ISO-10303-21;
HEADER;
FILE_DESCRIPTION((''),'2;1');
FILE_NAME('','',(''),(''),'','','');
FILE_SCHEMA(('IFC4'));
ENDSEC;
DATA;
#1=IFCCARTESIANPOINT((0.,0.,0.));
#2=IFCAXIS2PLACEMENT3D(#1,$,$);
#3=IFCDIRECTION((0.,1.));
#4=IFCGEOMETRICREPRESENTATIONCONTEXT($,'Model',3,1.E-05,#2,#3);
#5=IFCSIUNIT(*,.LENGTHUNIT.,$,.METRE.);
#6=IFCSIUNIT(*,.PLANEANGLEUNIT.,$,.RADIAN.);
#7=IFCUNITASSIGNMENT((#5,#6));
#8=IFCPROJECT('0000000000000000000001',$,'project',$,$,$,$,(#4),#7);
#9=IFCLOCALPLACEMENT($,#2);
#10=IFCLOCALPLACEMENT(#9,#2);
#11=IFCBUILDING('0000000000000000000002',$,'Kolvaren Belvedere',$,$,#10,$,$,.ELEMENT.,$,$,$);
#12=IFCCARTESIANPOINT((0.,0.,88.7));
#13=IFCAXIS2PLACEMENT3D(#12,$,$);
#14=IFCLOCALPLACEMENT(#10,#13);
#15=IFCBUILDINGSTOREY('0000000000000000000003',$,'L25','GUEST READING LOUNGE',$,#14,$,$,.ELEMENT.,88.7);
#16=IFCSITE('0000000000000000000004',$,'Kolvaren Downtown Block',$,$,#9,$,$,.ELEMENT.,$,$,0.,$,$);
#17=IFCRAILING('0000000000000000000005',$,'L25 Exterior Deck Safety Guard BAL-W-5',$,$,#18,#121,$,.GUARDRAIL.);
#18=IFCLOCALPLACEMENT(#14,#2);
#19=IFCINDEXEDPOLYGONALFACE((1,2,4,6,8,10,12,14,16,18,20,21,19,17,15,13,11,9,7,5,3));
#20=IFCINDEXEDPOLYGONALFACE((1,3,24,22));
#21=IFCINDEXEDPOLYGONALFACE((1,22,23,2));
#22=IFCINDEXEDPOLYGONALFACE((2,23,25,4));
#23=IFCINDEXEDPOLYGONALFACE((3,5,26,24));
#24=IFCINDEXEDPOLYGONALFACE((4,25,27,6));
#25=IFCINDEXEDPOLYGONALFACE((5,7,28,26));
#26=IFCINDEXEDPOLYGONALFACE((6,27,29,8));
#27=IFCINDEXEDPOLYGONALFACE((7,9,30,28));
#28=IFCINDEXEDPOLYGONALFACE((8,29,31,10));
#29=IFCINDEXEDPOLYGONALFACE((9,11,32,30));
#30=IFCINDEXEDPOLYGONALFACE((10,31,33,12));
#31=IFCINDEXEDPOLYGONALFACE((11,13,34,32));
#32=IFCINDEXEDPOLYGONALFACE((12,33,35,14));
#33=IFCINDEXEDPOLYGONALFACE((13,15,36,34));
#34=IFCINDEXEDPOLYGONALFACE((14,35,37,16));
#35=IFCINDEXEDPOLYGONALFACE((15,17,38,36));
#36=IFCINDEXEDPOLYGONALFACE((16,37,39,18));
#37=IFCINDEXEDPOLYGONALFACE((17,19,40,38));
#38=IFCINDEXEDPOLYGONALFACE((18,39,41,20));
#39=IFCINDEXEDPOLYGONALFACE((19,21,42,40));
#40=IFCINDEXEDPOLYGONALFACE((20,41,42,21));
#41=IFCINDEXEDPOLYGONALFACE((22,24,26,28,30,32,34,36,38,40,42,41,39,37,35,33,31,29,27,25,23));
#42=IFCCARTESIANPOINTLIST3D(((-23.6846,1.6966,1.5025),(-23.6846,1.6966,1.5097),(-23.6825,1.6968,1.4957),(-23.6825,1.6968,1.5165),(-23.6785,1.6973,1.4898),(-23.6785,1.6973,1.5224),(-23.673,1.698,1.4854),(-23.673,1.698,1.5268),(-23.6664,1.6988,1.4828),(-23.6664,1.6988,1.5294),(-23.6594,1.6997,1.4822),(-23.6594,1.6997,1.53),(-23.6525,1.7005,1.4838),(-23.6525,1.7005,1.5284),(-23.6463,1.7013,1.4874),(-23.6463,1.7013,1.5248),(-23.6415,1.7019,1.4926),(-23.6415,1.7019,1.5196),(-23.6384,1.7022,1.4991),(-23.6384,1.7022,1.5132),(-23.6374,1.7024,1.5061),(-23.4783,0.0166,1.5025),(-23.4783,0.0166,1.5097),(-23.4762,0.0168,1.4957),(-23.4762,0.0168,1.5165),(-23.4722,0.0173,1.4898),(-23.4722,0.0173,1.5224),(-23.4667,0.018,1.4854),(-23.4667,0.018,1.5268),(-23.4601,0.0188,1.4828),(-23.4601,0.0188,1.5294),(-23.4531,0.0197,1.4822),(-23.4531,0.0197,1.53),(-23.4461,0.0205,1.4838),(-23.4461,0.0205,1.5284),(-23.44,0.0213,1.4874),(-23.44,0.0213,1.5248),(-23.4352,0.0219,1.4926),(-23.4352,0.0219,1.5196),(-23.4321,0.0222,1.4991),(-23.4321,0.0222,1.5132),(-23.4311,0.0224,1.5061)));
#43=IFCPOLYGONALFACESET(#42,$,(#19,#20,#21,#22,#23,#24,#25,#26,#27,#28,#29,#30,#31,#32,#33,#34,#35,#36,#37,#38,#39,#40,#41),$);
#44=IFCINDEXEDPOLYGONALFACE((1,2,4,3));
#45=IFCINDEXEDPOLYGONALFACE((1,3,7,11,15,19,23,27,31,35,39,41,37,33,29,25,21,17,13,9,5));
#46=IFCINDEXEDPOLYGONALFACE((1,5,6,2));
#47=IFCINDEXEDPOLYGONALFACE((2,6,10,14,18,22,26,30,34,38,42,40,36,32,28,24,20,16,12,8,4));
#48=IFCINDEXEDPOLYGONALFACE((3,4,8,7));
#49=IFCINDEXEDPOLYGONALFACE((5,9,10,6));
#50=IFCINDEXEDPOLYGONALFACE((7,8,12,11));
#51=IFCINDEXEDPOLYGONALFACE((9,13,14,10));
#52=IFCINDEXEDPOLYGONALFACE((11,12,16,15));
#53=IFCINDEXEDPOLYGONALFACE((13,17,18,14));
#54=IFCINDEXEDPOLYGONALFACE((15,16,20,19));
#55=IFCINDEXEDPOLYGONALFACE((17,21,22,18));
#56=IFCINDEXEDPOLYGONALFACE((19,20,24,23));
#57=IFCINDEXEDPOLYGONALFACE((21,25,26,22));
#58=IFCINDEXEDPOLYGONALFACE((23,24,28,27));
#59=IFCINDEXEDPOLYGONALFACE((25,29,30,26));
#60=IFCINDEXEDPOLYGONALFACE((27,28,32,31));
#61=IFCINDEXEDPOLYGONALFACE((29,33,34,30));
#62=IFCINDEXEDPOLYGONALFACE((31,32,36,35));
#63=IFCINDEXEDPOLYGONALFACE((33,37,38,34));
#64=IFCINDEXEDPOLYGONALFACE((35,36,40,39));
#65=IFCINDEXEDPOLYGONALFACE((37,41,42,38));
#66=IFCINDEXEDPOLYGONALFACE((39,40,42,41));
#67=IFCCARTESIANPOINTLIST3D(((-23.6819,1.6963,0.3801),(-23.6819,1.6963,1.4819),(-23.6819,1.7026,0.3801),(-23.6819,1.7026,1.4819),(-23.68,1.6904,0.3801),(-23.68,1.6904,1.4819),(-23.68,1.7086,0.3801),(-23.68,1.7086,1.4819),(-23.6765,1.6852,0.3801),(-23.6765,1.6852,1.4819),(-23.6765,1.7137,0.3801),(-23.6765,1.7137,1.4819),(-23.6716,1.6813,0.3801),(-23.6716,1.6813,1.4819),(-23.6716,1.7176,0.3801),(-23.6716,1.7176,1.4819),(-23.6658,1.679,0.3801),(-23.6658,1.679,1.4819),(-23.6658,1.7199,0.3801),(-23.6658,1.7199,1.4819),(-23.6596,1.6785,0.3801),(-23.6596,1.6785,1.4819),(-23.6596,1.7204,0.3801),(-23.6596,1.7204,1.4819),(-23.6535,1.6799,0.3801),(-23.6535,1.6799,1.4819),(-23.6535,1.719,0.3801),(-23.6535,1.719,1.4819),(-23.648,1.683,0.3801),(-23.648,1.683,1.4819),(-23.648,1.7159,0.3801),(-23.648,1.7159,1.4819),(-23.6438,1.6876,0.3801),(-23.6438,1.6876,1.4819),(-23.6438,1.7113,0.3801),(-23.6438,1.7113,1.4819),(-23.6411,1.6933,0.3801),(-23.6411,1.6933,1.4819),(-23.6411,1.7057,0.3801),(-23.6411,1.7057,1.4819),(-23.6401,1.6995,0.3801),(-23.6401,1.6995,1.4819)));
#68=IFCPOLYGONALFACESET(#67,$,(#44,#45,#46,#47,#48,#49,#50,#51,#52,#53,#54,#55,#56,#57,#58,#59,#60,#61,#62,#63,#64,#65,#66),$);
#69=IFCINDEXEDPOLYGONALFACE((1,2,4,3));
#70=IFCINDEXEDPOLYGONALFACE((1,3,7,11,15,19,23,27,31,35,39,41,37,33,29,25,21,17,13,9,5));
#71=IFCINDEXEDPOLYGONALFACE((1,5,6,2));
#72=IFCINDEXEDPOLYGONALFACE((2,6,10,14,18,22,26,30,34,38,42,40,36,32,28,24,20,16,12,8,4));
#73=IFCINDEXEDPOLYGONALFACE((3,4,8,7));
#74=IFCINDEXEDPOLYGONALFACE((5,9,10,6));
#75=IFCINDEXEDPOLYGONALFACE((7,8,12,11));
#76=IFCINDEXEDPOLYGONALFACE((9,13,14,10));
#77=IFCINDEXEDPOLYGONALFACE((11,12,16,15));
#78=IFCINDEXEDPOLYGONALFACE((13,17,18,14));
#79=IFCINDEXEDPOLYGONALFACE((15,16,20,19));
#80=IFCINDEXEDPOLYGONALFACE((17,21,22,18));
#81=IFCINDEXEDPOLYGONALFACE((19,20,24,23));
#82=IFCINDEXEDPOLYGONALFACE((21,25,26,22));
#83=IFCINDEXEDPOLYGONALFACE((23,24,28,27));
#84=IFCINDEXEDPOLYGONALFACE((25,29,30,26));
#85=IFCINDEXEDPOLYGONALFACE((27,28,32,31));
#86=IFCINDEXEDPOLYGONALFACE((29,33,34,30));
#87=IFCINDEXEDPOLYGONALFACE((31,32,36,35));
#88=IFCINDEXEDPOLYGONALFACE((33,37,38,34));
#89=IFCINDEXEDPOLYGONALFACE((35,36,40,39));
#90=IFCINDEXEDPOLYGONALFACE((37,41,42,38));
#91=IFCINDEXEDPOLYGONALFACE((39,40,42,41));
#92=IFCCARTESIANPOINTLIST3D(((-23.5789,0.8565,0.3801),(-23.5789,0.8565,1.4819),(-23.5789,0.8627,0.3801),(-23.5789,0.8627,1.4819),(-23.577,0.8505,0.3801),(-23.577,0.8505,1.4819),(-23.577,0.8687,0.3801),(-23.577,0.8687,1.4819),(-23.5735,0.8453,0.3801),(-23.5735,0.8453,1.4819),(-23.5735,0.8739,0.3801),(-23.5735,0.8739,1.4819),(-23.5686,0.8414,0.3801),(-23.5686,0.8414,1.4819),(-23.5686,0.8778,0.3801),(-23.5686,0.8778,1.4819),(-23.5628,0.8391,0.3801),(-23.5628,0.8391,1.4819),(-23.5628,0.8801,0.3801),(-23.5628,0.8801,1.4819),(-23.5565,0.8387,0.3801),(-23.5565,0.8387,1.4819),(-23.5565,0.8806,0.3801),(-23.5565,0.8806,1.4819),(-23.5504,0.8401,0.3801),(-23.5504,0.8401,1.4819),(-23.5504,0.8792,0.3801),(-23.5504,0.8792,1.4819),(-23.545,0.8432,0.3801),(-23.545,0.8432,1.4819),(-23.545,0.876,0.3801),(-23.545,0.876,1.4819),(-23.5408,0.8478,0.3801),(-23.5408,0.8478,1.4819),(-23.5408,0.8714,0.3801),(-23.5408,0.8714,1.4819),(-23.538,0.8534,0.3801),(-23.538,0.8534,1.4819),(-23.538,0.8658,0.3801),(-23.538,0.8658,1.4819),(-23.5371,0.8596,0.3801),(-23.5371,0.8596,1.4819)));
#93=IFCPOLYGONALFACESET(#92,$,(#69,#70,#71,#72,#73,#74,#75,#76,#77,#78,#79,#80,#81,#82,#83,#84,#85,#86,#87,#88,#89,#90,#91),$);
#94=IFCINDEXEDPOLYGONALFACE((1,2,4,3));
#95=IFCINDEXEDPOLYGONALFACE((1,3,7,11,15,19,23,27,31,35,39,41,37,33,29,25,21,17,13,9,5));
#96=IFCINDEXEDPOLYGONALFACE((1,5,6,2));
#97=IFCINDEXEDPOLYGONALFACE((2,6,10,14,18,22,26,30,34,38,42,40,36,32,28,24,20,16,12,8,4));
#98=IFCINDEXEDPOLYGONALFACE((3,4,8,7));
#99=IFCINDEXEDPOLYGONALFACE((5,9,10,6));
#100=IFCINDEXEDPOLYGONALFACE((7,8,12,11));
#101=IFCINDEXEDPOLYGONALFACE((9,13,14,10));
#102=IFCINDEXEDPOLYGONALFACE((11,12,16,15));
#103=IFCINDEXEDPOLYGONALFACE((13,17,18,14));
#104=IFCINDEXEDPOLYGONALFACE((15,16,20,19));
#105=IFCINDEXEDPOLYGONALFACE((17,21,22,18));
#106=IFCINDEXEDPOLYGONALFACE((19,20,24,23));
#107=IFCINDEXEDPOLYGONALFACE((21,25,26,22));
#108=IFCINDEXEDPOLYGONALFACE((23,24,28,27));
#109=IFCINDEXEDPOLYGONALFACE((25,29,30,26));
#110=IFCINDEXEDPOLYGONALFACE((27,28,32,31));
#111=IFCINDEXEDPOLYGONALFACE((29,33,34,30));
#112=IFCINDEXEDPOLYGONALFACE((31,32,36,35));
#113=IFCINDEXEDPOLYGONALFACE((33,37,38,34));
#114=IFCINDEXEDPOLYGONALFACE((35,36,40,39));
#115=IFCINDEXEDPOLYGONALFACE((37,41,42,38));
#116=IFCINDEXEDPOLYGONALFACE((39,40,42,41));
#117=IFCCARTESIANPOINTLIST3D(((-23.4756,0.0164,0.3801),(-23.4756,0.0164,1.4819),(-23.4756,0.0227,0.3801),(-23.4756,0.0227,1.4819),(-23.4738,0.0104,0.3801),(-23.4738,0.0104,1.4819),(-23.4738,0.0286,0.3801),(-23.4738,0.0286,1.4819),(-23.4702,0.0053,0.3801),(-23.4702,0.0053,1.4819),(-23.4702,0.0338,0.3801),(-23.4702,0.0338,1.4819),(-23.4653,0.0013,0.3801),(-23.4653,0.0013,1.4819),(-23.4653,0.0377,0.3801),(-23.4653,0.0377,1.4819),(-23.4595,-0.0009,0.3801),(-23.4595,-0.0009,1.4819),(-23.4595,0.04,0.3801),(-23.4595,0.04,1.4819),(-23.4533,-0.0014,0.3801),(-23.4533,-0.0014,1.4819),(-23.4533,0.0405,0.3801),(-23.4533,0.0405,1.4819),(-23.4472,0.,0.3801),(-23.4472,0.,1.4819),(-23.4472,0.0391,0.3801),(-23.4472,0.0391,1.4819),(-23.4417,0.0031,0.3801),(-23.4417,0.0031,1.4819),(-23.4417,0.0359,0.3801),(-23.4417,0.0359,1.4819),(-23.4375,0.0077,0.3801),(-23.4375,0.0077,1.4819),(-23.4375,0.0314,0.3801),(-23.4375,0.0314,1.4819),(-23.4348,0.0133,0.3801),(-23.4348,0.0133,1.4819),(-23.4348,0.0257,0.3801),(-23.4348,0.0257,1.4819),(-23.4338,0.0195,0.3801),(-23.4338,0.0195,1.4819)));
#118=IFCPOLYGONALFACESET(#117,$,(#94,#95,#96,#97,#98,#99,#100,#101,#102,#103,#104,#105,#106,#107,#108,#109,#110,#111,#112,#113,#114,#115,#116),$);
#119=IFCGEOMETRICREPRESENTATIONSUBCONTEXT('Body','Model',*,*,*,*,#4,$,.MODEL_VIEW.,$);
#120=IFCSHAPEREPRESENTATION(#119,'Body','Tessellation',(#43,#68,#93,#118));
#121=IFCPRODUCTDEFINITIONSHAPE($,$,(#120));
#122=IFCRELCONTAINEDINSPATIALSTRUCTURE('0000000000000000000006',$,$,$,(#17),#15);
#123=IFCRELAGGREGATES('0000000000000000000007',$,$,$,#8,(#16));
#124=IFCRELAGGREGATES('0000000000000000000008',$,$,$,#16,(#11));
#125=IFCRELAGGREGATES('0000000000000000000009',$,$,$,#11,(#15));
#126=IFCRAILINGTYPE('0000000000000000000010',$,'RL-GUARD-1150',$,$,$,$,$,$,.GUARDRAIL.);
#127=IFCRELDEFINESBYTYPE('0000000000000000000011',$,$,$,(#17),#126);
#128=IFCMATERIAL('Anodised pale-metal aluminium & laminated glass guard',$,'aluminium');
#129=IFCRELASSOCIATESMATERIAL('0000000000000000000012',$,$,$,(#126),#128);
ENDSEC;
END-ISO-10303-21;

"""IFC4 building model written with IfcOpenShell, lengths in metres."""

from ifc_helpers import new_model, si_unit, direction, frame, origin, origin_2d, place, context, subcontext, project, spatial, circle, extrude, material, type_object, element, save


model = new_model("IFC4")

# Units and contexts
model_context = context("Model", 3, precision=1e-05, world=origin(), true_north=direction((0.0, 1.0)))
body_context = subcontext(model_context, "Body", "Model", "MODEL_VIEW")
ifc_project = project(units=[si_unit("LENGTHUNIT", "METRE"), si_unit("PLANEANGLEUNIT", "RADIAN")], contexts=[model_context])

# Site, building, storey
site_placement = place(None, origin())
site = spatial("IfcSite", under=ifc_project, at=site_placement, Name="Kolvaren Downtown Block", CompositionType="ELEMENT", RefElevation=0.0)
building_placement = place(site_placement, origin())
building = spatial("IfcBuilding", under=site, at=building_placement, Name="Kolvaren Belvedere", CompositionType="ELEMENT")
storey_placement = place(building_placement, frame((0.0, 0.0, 88.7)))
storey = spatial("IfcBuildingStorey", under=building, at=storey_placement, Name="L25", Description="GUEST READING LOUNGE", CompositionType="ELEMENT", Elevation=88.7)

# Railing
ifc_material_1 = material(Name="Anodised pale-metal aluminium & laminated glass guard", Category="aluminium")
railing_type = type_object("IfcRailingType", Name="RL-GUARD-1150", PredefinedType="GUARDRAIL", material=ifc_material_1)
railing_1_placement = place(storey_placement, frame((-23.6611, 1.6995, 0.3801)))
element("IfcRailing", 1, at=railing_1_placement, inside=storey, type_object=railing_type, Name="L25 Exterior Deck Safety Guard BAL-W-5", PredefinedType="GUARDRAIL", context=body_context, shape_type="SweptSolid", body=[
    extrude(circle(Radius=0.0239, at=origin_2d()), frame((0.0, 0.0, 1.126), z_axis=(0.121886, -0.992544, 0.0), x_axis=(0.992544, 0.121886, 0.0)), (0.0, 0.0, 1.0), 1.6926),
    extrude(circle(Radius=0.021, at=origin_2d()), origin(), (0.0, 0.0, 1.0), 1.1018),
    extrude(circle(Radius=0.021, at=origin_2d()), frame((0.103, -0.8398, 0.0)), (0.0, 0.0, 1.0), 1.1018),
    extrude(circle(Radius=0.021, at=origin_2d()), frame((0.2063, -1.6799, 0.0)), (0.0, 0.0, 1.0), 1.1018),
])

save(model, "model.ifc")
